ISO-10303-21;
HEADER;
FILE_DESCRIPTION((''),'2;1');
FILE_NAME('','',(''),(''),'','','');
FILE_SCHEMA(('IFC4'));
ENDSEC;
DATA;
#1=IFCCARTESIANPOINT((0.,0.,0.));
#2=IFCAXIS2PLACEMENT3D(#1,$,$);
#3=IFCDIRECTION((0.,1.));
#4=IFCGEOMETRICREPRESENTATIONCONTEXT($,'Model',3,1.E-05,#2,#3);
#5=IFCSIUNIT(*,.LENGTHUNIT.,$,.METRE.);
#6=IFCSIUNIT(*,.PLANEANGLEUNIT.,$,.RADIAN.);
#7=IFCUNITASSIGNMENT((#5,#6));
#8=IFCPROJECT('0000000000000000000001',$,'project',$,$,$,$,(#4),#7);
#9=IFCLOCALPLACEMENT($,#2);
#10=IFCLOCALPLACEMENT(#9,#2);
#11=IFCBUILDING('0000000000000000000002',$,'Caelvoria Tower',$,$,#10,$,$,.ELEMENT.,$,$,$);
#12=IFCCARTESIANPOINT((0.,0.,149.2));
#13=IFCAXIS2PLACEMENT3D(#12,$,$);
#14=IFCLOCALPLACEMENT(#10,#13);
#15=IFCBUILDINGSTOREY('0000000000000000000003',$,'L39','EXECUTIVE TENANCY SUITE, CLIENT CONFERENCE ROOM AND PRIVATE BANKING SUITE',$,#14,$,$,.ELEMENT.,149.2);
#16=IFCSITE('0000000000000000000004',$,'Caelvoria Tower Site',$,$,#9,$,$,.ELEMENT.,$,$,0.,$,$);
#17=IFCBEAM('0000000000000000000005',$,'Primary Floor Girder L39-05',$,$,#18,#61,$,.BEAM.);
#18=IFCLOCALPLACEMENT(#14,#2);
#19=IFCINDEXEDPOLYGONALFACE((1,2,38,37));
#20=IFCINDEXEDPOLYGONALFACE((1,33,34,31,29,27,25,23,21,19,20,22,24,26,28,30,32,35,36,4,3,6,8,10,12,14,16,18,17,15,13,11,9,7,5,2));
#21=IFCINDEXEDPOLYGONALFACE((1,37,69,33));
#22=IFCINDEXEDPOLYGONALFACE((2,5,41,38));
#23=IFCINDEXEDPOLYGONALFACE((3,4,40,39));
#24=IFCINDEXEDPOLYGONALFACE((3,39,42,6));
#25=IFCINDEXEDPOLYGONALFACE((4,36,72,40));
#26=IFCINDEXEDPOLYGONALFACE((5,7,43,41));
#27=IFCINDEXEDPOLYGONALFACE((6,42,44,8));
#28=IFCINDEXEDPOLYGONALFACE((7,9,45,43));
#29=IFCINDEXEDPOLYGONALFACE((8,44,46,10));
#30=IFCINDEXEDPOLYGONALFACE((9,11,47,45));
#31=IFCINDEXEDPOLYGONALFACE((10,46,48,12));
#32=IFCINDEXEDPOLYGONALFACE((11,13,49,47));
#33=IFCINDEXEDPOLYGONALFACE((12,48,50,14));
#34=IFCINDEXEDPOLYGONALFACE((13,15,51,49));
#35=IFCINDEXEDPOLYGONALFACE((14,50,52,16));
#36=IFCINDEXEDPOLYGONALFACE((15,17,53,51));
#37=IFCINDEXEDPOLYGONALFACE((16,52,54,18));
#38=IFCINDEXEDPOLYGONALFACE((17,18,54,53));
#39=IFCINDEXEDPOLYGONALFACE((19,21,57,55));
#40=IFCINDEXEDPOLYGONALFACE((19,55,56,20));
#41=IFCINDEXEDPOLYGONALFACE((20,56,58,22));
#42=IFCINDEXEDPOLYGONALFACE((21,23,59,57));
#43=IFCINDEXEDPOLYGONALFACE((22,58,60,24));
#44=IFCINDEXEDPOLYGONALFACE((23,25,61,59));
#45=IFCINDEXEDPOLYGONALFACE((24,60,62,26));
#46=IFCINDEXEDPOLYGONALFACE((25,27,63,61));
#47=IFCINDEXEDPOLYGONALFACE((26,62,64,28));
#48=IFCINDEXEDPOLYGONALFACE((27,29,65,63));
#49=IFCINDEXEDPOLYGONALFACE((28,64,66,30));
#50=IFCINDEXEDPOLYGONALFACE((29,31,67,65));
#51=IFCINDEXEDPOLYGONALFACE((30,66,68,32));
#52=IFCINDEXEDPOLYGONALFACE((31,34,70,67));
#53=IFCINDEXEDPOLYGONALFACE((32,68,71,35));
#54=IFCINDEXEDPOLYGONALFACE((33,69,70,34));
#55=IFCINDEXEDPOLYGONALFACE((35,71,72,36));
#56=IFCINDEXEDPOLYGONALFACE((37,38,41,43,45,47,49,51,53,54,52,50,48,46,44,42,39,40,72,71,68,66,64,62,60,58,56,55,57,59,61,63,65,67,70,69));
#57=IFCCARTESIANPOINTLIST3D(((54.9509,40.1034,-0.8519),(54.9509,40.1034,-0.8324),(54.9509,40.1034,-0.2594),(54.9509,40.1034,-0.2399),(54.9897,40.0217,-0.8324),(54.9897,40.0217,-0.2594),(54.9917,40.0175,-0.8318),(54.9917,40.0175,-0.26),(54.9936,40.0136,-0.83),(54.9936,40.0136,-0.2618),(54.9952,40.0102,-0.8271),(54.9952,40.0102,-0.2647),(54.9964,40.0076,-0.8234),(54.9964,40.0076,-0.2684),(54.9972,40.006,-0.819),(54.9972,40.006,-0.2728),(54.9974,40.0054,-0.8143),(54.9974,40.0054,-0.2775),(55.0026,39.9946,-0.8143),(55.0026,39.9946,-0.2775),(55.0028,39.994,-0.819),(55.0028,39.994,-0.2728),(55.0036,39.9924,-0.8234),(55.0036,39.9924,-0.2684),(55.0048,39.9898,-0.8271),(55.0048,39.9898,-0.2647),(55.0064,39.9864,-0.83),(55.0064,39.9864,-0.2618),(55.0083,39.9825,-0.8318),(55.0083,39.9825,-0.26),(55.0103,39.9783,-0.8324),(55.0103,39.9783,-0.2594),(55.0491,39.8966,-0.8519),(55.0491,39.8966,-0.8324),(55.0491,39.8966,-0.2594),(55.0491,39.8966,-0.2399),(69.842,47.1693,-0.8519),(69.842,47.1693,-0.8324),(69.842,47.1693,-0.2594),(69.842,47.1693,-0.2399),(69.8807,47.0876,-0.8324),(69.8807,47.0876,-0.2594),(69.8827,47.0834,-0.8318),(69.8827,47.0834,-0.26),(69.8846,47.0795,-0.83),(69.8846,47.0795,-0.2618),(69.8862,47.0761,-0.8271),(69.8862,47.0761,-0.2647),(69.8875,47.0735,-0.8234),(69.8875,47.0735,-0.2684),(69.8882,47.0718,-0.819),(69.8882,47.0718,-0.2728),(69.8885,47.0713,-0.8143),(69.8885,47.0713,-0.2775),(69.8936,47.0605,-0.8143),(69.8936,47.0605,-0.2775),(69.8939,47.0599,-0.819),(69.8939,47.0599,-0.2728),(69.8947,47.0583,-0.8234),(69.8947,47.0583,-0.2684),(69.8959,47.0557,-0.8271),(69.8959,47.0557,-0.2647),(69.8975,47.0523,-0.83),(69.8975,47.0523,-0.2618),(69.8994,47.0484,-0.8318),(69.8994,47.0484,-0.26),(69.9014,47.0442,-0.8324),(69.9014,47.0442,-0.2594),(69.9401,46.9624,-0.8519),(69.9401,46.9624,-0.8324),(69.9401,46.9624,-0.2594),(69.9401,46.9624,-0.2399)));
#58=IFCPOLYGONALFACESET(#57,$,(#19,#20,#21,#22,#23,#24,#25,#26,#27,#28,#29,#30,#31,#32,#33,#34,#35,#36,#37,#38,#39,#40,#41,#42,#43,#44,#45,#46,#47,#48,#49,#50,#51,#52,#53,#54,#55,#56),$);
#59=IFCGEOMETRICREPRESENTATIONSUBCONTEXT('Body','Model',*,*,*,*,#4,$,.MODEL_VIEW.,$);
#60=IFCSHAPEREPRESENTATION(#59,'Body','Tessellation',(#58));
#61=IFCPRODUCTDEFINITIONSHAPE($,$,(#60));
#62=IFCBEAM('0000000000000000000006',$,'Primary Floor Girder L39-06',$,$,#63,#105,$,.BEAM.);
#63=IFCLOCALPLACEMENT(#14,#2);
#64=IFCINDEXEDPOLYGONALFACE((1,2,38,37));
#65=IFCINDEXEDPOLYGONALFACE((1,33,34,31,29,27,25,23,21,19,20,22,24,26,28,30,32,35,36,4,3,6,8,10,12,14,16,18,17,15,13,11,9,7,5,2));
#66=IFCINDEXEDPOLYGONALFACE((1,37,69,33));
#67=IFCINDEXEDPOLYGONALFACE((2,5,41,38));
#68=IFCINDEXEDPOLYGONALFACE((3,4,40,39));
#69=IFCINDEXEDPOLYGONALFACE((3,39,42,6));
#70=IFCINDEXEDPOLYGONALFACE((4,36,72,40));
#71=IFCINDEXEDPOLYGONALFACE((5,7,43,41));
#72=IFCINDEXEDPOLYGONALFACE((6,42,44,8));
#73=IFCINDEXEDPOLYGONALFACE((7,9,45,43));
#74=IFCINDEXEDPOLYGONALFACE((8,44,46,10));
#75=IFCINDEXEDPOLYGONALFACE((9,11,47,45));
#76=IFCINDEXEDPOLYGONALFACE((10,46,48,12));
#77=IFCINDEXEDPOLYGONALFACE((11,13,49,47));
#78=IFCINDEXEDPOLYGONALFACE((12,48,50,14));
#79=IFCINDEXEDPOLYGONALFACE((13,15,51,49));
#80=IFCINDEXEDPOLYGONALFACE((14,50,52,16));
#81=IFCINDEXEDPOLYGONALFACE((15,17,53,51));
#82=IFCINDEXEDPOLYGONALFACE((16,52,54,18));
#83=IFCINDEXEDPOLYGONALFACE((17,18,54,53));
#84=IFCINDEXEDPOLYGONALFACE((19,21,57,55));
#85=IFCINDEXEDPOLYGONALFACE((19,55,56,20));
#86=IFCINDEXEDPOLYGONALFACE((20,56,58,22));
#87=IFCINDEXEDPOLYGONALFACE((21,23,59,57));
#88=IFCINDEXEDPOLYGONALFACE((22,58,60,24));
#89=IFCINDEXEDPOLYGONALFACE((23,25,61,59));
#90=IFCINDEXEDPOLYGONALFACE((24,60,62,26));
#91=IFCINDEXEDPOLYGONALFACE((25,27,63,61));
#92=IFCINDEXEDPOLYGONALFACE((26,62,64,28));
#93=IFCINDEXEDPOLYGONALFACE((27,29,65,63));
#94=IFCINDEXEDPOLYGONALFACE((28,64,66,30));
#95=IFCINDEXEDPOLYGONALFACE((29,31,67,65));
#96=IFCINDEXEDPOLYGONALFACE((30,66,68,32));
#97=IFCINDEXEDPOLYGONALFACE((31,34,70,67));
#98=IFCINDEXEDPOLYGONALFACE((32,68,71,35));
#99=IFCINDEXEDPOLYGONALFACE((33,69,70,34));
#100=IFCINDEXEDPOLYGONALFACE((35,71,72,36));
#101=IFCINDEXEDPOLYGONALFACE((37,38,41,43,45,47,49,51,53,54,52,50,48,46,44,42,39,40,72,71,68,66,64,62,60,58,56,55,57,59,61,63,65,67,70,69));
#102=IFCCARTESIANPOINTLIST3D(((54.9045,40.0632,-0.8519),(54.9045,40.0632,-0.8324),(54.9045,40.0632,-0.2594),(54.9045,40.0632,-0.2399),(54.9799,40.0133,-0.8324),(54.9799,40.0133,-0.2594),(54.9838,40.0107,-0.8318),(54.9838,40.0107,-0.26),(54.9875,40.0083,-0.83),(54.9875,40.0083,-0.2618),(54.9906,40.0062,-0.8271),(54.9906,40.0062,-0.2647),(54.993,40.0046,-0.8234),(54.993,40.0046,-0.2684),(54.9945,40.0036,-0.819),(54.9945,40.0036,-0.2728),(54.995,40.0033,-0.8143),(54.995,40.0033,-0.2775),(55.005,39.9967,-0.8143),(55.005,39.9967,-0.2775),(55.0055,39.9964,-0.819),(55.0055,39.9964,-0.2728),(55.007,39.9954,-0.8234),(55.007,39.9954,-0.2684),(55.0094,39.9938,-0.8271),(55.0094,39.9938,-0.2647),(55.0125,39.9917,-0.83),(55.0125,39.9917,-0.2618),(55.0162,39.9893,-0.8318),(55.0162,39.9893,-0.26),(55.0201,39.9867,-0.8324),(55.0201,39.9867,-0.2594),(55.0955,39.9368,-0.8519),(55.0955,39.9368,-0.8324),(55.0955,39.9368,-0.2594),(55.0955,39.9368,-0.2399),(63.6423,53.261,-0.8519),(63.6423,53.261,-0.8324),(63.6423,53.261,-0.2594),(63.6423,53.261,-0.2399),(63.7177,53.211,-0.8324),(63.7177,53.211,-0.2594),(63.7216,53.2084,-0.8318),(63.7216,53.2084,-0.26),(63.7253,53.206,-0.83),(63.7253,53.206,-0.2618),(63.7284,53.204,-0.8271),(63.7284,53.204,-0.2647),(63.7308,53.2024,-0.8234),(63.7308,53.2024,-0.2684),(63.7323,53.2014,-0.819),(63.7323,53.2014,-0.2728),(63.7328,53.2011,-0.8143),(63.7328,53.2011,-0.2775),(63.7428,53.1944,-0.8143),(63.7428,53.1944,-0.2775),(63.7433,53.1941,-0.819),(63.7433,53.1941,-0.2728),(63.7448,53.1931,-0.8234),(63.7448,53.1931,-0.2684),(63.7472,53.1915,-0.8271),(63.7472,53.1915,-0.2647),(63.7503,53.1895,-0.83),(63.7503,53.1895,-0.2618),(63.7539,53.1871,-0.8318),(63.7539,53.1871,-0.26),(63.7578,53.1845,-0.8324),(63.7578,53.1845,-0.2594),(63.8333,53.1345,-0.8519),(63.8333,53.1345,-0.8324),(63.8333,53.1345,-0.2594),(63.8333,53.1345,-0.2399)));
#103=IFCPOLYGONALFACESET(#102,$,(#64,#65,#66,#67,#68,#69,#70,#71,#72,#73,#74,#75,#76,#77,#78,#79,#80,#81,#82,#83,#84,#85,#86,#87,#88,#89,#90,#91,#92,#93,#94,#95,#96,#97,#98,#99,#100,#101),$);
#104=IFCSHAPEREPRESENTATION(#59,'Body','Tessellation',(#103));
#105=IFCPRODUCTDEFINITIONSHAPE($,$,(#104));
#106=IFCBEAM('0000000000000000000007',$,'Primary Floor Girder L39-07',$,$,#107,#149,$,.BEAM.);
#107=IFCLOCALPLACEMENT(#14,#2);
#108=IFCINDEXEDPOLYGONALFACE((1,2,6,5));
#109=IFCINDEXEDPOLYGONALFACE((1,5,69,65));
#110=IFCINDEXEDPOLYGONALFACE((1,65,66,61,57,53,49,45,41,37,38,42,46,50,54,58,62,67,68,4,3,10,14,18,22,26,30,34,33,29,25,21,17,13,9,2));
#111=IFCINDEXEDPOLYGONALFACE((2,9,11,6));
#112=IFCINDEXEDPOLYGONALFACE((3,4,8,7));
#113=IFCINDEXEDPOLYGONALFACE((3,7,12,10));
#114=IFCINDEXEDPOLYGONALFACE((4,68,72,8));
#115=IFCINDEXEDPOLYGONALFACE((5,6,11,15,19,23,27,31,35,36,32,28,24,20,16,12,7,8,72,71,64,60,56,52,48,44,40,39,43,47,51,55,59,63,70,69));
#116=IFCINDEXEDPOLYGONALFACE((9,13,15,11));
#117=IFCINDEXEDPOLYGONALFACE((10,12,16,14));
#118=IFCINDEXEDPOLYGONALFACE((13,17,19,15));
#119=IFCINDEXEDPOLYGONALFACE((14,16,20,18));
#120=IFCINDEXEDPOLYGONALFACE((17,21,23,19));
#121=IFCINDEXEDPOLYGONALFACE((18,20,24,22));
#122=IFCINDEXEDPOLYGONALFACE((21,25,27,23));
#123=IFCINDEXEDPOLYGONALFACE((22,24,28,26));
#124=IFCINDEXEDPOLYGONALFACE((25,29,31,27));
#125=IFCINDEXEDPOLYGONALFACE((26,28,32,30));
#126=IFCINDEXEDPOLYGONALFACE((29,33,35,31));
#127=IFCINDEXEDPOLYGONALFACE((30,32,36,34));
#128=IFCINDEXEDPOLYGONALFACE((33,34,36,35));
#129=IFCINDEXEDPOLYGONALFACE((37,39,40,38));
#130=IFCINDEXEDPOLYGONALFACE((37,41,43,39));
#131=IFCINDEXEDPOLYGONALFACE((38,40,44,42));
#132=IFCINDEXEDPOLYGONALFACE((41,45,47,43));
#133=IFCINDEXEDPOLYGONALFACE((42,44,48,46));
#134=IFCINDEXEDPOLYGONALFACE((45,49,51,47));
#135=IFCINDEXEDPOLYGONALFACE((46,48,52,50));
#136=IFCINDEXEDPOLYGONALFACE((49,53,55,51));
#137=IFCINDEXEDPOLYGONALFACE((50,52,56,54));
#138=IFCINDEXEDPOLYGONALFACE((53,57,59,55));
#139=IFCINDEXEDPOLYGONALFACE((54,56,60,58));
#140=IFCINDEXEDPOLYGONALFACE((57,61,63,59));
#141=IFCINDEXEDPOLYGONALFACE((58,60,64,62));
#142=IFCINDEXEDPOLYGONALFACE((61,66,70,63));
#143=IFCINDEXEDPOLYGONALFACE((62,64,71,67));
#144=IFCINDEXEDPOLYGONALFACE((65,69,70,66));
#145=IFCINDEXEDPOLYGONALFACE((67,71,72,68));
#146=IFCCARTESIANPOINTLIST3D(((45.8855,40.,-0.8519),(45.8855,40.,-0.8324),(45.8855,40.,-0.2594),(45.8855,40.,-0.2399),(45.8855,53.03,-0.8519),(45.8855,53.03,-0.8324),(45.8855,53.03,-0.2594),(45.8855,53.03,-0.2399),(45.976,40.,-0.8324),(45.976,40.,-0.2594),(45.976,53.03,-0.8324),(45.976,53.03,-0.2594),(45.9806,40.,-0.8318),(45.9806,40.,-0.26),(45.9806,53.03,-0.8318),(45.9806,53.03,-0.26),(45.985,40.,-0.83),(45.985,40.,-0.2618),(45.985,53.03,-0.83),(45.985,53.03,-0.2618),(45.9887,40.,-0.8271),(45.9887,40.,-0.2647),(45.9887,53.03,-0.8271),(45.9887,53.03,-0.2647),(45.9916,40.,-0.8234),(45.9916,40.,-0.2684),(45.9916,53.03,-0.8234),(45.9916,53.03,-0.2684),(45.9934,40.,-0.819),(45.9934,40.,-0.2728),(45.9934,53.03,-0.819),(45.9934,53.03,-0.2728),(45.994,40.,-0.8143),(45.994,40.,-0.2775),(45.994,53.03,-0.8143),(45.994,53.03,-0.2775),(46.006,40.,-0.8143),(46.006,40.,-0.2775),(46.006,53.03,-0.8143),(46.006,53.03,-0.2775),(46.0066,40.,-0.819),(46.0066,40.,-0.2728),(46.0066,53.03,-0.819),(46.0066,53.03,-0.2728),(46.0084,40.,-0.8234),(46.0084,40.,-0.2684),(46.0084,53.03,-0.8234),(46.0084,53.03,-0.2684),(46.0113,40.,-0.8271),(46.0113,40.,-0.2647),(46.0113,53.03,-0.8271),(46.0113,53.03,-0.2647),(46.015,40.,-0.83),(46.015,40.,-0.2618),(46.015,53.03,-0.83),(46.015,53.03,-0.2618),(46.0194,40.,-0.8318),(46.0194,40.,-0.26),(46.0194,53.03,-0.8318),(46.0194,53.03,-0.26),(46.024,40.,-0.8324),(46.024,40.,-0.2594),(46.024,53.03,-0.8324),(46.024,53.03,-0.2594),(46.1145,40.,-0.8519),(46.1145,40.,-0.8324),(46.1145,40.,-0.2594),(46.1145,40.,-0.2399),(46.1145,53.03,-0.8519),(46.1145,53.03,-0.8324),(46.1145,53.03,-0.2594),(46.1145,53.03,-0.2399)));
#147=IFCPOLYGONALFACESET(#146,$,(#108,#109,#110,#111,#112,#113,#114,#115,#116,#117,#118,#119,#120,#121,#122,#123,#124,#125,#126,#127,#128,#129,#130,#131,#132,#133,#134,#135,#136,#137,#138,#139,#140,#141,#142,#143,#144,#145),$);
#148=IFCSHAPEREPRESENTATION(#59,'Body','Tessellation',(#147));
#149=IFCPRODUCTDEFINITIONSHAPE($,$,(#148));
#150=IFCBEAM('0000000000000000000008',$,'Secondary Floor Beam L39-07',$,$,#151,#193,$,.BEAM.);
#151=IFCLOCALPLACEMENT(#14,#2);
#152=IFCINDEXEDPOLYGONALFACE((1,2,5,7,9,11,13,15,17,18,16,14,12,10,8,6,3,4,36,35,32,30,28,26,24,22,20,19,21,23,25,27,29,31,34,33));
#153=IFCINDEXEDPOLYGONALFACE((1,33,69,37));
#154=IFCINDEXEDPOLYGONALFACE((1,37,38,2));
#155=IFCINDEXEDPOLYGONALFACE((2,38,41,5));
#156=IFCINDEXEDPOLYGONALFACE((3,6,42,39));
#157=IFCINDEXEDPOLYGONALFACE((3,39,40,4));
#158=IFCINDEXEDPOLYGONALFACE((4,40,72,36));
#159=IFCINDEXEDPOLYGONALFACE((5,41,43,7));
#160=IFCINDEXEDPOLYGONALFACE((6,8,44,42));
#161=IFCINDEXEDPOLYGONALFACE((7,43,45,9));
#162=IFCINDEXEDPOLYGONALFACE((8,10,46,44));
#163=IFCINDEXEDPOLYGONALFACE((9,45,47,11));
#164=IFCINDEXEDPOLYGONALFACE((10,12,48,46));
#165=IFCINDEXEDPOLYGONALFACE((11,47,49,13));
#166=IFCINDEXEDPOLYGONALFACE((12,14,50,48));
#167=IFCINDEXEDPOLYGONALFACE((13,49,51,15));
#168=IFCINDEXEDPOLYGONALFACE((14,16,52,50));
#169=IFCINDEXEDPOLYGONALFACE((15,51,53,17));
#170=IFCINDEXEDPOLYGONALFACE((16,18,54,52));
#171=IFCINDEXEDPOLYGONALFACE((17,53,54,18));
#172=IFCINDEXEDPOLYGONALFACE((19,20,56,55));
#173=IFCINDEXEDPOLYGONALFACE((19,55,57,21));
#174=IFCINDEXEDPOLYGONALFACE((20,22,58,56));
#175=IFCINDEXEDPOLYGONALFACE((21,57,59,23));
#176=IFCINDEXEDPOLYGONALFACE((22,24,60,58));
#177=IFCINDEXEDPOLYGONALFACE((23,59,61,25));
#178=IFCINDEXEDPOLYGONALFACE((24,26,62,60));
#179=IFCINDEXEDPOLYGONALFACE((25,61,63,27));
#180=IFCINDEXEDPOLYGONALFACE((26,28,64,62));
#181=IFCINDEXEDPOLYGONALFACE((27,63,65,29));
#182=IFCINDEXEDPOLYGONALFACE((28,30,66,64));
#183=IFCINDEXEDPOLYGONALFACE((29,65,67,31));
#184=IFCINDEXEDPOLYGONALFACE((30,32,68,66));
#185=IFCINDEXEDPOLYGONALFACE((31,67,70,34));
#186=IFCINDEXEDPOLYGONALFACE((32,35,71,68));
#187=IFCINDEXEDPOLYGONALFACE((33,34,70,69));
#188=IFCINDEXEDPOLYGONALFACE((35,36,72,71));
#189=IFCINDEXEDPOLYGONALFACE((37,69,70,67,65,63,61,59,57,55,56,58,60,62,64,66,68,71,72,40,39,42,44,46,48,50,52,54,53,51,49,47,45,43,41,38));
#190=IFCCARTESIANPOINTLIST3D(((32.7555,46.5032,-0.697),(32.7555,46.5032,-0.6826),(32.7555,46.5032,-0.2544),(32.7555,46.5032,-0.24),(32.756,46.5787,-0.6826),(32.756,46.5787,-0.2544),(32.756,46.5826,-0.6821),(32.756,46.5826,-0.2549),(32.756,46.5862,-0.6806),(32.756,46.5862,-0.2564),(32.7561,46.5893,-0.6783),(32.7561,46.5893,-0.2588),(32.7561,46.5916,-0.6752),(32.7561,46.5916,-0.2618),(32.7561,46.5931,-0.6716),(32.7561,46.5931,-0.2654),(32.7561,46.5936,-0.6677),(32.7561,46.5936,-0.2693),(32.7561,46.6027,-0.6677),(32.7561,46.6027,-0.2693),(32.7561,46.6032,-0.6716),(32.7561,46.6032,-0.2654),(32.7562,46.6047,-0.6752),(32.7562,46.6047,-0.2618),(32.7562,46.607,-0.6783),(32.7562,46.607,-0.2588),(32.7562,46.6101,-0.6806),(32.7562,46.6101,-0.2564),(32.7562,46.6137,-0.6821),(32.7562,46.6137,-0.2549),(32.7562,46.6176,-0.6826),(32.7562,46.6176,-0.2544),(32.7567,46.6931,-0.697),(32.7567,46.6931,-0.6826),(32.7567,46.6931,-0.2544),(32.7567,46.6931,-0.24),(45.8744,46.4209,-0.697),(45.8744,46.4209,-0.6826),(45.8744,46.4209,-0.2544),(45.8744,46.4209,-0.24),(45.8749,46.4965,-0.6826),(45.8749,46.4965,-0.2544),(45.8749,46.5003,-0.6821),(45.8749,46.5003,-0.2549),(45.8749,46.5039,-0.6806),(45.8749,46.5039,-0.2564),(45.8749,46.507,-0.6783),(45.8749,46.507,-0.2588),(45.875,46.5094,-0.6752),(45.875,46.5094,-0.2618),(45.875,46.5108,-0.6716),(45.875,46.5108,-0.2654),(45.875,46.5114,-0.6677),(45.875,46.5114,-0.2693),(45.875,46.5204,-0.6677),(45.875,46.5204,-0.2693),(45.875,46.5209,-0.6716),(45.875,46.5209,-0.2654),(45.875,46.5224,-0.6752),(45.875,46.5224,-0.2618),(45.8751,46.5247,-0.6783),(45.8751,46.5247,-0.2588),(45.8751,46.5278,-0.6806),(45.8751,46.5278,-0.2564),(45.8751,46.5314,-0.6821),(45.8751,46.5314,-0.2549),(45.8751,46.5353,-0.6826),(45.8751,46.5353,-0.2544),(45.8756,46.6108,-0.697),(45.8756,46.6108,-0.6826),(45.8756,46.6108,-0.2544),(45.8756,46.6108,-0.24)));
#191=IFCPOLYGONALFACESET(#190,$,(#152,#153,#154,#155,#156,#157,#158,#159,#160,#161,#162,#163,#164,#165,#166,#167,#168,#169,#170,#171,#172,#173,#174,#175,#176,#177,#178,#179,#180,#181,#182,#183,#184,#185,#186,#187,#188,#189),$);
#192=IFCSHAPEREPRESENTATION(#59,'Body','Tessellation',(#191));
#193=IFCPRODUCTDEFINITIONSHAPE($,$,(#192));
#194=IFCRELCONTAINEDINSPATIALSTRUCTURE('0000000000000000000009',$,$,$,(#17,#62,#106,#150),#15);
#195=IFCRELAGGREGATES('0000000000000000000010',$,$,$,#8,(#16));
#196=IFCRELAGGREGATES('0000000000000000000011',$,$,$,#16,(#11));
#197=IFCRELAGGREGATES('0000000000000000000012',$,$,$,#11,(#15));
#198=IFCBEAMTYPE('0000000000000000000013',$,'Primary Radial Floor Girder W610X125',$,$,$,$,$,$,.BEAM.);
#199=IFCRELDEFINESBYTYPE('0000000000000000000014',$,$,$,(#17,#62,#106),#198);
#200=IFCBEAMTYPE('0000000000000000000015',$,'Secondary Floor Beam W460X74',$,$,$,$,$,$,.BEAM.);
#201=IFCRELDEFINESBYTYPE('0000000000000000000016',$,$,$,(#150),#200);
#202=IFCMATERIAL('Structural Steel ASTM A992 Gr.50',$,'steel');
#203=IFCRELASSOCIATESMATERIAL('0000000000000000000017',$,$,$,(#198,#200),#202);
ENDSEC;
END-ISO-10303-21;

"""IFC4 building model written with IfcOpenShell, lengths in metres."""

from ifc_helpers import new_model, si_unit, direction, frame, origin, origin_2d, place, context, subcontext, project, spatial, i_section, extrude, material, material_profile, profile_set, type_object, element, save


model = new_model("IFC4")

# Units and contexts
model_context = context("Model", 3, precision=1e-05, world=origin(), true_north=direction((0.0, 1.0)))
body_context = subcontext(model_context, "Body", "Model", "MODEL_VIEW")
ifc_project = project(units=[si_unit("LENGTHUNIT", "METRE"), si_unit("PLANEANGLEUNIT", "RADIAN")], contexts=[model_context])

# Site, building, storey
site_placement = place(None, origin())
site = spatial("IfcSite", under=ifc_project, at=site_placement, Name="Caelvoria Tower Site", CompositionType="ELEMENT", RefElevation=0.0)
building_placement = place(site_placement, origin())
building = spatial("IfcBuilding", under=site, at=building_placement, Name="Caelvoria Tower", CompositionType="ELEMENT")
storey_placement = place(building_placement, frame((0.0, 0.0, 149.2)))
storey = spatial("IfcBuildingStorey", under=building, at=storey_placement, Name="L39", Description="EXECUTIVE TENANCY SUITE, CLIENT CONFERENCE ROOM AND PRIVATE BANKING SUITE", CompositionType="ELEMENT", Elevation=149.2)

# Shared definitions
ifc_material_1 = material(Name="Structural Steel ASTM A992 Gr.50", Category="steel")

# Beams
ifc_material_profile_1 = material_profile(ifc_material_1, i_section(OverallWidth=0.229, OverallDepth=0.6121, WebThickness=0.012, FlangeThickness=0.0195, FilletRadius=0.0181, at=origin_2d()), Name="Structural Steel ASTM A992 Gr.50")
ifc_profile_set_1 = profile_set([ifc_material_profile_1], Name="W610X125 - Structural Steel ASTM A992 Gr.50")
beam_type_1 = type_object("IfcBeamType", Name="Primary Radial Floor Girder W610X125", PredefinedType="BEAM", material=ifc_profile_set_1)
beam_1_placement = place(storey_placement, frame((55.0, 40.0, -0.5459), z_axis=(0.903451, 0.428692, 0.0), x_axis=(-0.428692, 0.903451, 0.0)))
element("IfcBeam", 1, at=beam_1_placement, inside=storey, type_object=beam_type_1, Name="Primary Floor Girder L39-05", PredefinedType="BEAM", context=body_context, shape_type="SweptSolid", body=[
    extrude(i_section(OverallWidth=0.229, OverallDepth=0.6121, WebThickness=0.012, FlangeThickness=0.0195, FilletRadius=0.0181, at=origin_2d()), origin(), (0.0, 0.0, 1.0), 16.4824),
])
beam_2_placement = place(storey_placement, frame((55.0, 40.0, -0.5459), z_axis=(0.552042, 0.833816, 0.0), x_axis=(-0.833816, 0.552042, 0.0)))
element("IfcBeam", 2, at=beam_2_placement, inside=storey, type_object=beam_type_1, Name="Primary Floor Girder L39-06", PredefinedType="BEAM", context=body_context, shape_type="SweptSolid", body=[
    extrude(i_section(OverallWidth=0.229, OverallDepth=0.6121, WebThickness=0.012, FlangeThickness=0.0195, FilletRadius=0.0181, at=origin_2d()), origin(), (0.0, 0.0, 1.0), 15.8281),
])
beam_3_placement = place(storey_placement, frame((46.0, 40.0, -0.5459), z_axis=(0.0, 1.0, 0.0), x_axis=(-1.0, 0.0, 0.0)))
element("IfcBeam", 3, at=beam_3_placement, inside=storey, type_object=beam_type_1, Name="Primary Floor Girder L39-07", PredefinedType="BEAM", context=body_context, shape_type="SweptSolid", body=[
    extrude(i_section(OverallWidth=0.229, OverallDepth=0.6121, WebThickness=0.012, FlangeThickness=0.0195, FilletRadius=0.0181, at=origin_2d()), origin(), (0.0, 0.0, 1.0), 13.03),
])
ifc_material_profile_2 = material_profile(ifc_material_1, i_section(OverallWidth=0.1899, OverallDepth=0.457, WebThickness=0.009, FlangeThickness=0.0144, FilletRadius=0.0149, at=origin_2d()), Name="Structural Steel ASTM A992 Gr.50")
ifc_profile_set_2 = profile_set([ifc_material_profile_2], Name="W460X74 - Structural Steel ASTM A992 Gr.50")
beam_type_2 = type_object("IfcBeamType", Name="Secondary Floor Beam W460X74", PredefinedType="BEAM", material=ifc_profile_set_2)
beam_4_placement = place(storey_placement, frame((45.875, 46.5159, -0.4685), z_axis=(-0.99998, 0.006271, 0.0), x_axis=(-0.006271, -0.99998, 0.0)))
element("IfcBeam", 4, at=beam_4_placement, inside=storey, type_object=beam_type_2, Name="Secondary Floor Beam L39-07", PredefinedType="BEAM", context=body_context, shape_type="SweptSolid", body=[
    extrude(i_section(OverallWidth=0.1899, OverallDepth=0.457, WebThickness=0.009, FlangeThickness=0.0144, FilletRadius=0.0149, at=origin_2d()), origin(), (0.0, 0.0, 1.0), 13.1191),
])

save(model, "model.ifc")
